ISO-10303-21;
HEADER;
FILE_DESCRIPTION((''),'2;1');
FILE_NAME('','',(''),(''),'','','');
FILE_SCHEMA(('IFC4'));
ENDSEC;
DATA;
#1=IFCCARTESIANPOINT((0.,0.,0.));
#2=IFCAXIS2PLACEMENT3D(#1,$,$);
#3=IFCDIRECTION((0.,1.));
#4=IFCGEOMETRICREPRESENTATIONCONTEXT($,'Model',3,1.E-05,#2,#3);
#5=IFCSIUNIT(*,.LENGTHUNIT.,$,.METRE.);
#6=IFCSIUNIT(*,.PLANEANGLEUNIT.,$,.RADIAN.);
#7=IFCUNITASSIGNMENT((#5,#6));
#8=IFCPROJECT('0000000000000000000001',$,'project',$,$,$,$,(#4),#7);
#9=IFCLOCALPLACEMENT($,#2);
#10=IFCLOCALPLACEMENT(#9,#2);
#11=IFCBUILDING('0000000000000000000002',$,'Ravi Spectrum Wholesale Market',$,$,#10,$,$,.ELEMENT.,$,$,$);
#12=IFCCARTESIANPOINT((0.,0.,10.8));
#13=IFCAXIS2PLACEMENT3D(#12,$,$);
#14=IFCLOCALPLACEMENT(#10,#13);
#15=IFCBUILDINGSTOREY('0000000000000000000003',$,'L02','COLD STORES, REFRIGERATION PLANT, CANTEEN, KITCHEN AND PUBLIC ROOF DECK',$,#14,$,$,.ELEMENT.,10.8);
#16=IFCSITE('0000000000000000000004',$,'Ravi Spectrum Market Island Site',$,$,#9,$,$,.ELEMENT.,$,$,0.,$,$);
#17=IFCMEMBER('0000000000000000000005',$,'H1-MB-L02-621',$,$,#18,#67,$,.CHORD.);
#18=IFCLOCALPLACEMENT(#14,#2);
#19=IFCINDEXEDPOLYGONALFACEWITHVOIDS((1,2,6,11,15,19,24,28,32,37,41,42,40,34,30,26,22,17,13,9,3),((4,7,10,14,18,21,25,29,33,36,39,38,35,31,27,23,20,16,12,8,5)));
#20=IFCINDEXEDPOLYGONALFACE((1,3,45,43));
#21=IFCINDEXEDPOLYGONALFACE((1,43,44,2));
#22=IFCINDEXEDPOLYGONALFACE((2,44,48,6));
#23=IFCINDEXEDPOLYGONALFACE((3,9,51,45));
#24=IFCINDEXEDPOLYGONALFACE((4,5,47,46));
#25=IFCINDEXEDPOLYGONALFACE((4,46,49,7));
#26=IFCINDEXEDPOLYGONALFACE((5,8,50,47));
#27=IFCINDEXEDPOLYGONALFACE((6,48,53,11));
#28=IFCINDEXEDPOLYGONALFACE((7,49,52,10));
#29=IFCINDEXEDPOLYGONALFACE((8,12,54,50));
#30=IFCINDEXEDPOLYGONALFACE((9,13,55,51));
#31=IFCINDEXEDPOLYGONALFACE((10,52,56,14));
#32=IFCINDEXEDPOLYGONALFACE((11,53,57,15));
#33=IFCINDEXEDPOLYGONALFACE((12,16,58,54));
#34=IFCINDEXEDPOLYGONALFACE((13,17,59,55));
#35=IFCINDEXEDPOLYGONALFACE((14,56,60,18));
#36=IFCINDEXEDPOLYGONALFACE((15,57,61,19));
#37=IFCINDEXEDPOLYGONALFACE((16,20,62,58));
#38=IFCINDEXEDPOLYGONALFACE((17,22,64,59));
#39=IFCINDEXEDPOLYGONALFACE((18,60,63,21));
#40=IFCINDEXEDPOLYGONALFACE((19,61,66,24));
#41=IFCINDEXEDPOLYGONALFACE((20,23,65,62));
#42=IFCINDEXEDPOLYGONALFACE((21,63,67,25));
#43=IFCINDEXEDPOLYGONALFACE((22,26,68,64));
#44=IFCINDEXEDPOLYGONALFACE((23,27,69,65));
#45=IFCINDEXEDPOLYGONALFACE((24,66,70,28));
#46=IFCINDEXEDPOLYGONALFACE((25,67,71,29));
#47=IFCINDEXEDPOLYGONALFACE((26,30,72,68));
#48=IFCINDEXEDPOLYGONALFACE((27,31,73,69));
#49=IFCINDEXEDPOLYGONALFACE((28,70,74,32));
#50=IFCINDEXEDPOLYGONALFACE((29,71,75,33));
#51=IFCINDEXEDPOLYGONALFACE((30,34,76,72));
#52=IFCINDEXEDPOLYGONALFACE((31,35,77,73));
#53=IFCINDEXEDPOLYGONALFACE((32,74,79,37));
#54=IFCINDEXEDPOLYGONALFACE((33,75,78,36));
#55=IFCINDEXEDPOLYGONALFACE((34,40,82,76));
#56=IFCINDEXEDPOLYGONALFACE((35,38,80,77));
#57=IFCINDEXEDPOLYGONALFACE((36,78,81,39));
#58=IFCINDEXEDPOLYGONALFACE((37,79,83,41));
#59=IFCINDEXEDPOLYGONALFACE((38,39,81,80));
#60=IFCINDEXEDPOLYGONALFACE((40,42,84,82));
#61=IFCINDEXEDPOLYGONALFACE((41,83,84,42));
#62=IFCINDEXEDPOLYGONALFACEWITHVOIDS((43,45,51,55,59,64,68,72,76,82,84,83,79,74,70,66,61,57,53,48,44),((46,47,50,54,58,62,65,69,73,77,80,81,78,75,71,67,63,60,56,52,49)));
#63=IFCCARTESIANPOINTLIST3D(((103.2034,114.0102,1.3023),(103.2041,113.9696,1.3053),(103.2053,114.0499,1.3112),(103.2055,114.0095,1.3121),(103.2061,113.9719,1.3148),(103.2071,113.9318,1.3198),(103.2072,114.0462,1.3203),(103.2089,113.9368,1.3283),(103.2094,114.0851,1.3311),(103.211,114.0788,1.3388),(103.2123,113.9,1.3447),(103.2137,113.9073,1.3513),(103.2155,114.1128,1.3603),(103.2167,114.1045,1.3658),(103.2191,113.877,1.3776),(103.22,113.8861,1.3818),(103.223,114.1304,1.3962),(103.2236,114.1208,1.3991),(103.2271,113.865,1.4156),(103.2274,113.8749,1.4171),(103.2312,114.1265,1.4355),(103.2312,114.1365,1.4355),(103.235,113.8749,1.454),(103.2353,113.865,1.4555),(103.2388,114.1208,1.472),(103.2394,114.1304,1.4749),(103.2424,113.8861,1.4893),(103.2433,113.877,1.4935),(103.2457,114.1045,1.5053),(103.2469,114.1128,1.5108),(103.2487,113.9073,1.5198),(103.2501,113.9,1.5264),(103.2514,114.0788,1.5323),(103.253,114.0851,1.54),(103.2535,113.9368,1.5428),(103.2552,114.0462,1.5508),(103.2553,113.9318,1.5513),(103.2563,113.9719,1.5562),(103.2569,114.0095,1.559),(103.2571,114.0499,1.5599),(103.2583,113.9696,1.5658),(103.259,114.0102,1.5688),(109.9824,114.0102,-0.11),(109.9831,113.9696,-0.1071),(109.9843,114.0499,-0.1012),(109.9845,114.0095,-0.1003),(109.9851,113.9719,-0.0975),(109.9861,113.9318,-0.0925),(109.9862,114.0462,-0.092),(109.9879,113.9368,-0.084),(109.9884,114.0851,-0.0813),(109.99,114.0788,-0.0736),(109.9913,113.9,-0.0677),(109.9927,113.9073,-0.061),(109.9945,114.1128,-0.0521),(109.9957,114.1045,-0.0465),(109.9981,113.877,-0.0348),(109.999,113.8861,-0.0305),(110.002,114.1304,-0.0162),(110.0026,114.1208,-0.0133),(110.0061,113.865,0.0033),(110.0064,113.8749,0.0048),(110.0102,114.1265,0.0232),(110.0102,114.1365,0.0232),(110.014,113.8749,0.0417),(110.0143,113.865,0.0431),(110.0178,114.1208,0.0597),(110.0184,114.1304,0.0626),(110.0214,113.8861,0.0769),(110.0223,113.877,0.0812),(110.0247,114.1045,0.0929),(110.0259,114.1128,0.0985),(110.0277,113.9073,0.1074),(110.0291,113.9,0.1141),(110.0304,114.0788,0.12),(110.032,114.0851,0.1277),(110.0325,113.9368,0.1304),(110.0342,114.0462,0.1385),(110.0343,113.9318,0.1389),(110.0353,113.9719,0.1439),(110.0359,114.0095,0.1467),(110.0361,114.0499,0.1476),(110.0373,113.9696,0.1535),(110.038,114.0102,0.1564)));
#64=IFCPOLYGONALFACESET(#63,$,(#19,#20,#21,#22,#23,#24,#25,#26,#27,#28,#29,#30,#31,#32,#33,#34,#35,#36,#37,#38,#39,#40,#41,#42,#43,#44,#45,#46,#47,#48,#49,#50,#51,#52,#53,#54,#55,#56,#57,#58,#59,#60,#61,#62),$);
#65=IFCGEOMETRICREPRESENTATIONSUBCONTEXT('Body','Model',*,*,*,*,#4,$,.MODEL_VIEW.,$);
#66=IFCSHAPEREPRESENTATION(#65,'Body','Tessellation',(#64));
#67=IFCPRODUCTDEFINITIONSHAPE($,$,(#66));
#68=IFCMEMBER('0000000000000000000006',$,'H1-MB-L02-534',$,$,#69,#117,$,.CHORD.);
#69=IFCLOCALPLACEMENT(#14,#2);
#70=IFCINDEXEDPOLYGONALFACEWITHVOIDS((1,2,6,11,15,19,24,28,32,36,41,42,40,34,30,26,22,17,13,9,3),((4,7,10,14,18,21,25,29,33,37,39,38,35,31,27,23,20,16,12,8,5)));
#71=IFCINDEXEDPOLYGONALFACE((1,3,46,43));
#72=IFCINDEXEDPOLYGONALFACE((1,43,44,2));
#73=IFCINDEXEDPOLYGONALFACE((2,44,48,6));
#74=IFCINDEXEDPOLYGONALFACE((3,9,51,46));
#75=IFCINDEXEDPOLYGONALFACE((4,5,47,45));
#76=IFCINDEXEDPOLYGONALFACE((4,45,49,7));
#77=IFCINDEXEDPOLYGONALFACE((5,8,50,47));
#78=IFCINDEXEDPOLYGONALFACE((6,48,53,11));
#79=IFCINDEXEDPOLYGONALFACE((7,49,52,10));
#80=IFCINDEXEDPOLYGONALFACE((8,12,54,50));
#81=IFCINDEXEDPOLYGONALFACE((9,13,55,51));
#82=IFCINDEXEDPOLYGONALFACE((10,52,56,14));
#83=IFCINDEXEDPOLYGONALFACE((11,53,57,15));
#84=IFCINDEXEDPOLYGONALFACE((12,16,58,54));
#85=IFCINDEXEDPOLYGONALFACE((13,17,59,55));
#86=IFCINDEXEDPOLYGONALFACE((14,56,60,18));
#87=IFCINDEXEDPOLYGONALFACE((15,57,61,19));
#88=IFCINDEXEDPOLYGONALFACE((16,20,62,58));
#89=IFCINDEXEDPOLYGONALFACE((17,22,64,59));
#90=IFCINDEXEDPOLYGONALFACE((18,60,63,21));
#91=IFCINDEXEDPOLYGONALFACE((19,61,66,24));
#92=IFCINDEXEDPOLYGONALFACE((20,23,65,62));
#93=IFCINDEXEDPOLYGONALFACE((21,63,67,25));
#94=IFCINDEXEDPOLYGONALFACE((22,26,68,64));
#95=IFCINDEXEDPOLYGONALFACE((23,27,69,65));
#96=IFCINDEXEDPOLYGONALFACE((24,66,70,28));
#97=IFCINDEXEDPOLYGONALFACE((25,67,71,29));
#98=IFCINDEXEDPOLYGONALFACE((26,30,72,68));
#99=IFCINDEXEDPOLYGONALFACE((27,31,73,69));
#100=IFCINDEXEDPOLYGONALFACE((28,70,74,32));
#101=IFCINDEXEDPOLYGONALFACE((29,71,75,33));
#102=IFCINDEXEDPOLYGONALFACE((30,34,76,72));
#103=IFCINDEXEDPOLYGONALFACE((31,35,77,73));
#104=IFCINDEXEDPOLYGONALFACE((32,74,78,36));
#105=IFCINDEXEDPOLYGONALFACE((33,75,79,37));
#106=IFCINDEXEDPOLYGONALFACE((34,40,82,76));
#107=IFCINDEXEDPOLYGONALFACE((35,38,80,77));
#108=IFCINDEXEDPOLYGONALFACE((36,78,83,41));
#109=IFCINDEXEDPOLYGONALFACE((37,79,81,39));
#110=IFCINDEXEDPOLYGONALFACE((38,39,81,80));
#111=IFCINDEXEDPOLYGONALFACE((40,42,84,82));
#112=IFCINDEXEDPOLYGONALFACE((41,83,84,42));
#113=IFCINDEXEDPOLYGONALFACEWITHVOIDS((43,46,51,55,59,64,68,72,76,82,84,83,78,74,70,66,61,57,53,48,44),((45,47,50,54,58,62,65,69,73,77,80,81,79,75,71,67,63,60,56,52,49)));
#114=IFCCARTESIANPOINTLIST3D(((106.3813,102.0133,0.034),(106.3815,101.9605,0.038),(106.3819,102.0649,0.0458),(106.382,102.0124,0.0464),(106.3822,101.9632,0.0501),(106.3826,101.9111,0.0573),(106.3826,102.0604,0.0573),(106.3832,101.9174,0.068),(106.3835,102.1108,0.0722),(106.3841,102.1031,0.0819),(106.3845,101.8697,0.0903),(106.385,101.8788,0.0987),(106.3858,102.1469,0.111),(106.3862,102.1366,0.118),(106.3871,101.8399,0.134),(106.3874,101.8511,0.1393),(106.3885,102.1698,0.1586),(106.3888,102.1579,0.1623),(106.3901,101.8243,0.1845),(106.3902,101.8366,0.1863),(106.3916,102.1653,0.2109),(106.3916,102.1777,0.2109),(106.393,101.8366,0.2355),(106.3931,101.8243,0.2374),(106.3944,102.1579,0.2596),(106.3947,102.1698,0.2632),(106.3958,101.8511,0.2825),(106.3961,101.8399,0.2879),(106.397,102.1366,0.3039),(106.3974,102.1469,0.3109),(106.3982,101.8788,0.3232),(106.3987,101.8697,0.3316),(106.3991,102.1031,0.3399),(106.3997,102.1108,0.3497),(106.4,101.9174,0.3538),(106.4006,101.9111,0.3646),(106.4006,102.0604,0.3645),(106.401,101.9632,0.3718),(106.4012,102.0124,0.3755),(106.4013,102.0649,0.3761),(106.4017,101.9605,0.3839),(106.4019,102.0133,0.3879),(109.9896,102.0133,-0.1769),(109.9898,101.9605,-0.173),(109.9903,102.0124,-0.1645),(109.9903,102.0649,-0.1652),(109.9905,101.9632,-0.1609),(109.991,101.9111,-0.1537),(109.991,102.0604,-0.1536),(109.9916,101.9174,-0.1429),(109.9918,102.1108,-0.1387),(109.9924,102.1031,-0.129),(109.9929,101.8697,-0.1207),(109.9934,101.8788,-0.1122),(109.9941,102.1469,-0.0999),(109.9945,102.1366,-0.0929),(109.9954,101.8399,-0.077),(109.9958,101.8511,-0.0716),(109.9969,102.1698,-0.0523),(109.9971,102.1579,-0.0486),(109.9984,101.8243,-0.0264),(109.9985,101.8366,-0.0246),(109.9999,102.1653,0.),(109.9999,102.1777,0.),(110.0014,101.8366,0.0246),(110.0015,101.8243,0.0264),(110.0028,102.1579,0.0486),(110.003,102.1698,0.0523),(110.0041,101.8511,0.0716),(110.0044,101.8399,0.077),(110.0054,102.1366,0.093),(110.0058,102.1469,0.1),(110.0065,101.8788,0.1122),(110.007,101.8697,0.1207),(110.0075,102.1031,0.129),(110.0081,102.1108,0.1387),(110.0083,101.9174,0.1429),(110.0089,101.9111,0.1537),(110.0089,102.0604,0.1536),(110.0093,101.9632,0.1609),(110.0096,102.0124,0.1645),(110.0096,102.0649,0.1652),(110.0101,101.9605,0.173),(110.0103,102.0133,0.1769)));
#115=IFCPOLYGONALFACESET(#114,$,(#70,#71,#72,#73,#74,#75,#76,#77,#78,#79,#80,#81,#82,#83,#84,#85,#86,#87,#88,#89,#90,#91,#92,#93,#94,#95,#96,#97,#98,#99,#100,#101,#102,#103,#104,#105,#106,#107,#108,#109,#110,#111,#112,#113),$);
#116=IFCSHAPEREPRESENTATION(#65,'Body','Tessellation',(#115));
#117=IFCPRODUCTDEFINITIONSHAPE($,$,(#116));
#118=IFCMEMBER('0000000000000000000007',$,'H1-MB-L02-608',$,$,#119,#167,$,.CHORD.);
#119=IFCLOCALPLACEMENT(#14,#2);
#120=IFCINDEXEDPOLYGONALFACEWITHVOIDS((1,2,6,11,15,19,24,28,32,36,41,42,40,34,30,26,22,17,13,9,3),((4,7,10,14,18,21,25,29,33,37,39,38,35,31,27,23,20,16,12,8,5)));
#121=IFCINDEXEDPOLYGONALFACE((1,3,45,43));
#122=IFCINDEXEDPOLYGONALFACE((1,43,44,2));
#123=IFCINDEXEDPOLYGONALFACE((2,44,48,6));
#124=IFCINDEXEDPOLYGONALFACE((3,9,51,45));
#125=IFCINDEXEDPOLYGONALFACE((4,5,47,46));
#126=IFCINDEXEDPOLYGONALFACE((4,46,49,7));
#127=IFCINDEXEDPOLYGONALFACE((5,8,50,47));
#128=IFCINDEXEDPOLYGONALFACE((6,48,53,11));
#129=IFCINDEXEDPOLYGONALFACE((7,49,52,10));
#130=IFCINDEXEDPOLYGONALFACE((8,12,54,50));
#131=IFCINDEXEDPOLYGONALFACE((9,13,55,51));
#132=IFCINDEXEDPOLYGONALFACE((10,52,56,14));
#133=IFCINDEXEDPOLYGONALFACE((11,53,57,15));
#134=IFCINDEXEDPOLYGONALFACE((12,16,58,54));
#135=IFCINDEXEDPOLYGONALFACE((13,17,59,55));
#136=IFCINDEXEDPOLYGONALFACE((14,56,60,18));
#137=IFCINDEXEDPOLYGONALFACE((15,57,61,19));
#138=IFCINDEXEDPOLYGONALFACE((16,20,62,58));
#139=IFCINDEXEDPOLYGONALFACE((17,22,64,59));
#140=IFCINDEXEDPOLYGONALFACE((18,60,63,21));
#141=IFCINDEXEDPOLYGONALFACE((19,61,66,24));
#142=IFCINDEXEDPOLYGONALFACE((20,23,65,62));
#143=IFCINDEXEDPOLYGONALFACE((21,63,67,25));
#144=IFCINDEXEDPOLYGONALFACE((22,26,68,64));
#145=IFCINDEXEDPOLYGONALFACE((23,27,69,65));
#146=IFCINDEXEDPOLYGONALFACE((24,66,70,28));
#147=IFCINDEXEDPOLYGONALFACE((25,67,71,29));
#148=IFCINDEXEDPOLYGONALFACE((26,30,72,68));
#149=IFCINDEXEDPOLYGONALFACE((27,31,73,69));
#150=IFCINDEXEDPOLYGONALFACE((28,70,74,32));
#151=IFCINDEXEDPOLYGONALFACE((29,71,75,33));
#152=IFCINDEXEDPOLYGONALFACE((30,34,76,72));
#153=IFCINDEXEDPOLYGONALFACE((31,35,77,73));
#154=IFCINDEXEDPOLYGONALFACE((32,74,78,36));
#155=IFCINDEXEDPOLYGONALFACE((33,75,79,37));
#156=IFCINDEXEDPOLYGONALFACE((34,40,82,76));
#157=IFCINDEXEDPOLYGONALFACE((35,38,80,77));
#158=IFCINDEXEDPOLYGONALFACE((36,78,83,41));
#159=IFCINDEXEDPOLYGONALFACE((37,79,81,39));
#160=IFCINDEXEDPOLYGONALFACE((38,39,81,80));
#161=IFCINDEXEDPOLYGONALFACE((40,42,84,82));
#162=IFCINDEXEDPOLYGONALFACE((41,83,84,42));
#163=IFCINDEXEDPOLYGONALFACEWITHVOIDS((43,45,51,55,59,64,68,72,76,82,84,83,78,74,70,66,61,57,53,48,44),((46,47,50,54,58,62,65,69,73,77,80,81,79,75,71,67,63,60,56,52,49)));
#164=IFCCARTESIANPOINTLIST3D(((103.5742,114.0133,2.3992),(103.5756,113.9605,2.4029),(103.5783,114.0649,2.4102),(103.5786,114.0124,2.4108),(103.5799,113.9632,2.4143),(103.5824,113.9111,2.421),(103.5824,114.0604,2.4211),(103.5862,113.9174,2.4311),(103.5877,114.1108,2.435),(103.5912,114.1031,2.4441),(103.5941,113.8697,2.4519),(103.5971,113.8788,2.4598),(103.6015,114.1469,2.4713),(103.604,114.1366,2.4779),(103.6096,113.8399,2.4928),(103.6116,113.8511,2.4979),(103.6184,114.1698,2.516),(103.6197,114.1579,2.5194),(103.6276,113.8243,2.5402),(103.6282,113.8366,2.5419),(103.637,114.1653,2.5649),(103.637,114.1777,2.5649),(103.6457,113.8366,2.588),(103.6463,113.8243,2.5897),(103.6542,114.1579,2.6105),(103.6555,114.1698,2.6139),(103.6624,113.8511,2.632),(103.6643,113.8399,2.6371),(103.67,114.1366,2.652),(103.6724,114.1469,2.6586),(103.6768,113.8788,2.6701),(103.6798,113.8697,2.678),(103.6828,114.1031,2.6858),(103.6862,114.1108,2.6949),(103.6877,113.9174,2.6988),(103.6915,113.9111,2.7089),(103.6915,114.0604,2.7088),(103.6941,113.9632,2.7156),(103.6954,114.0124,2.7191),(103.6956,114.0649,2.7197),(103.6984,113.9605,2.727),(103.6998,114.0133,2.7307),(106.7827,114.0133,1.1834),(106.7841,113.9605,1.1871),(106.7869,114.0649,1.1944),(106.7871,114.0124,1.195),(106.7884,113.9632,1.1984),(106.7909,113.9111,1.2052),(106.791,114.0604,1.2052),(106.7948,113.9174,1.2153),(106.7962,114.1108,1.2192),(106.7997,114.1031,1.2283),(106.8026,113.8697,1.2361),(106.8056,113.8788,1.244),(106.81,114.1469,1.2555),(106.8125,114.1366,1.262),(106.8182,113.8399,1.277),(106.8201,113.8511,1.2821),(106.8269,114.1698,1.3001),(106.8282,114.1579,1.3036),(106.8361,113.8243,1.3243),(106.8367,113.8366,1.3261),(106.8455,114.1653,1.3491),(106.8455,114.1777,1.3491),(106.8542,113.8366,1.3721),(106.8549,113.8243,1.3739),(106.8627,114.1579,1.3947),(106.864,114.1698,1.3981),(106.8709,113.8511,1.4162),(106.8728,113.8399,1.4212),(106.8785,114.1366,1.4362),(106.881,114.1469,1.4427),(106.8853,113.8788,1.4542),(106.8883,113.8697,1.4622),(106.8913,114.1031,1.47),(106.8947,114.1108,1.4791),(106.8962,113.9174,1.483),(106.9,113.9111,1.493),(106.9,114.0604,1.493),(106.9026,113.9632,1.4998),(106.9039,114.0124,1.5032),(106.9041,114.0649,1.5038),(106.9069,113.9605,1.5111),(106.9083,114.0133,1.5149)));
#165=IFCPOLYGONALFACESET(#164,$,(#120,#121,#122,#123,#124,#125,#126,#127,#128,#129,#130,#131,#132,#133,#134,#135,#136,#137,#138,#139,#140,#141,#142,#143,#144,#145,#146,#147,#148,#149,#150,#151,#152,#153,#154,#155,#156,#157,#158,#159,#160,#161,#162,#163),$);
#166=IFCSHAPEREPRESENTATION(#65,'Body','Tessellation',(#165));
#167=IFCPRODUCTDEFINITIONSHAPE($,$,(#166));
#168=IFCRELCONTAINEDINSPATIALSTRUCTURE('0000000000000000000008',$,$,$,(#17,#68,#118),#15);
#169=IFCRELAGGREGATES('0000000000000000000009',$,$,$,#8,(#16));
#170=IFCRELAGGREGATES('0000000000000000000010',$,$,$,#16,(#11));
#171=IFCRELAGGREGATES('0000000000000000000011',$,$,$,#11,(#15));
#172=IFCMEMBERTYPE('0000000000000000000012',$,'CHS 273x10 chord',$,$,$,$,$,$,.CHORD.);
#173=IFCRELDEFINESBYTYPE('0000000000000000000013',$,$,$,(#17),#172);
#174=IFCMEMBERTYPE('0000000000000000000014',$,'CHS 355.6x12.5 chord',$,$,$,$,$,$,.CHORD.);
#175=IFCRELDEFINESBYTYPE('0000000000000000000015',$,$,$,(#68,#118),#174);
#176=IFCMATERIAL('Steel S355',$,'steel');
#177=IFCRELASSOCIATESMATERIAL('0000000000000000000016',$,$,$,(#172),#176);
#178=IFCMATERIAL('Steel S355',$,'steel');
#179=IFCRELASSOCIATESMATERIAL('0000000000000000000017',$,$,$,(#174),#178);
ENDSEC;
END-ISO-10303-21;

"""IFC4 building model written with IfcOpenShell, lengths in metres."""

from ifc_helpers import new_model, si_unit, direction, frame, origin, origin_2d, place, context, subcontext, project, spatial, hollow_circle, extrude, material, material_profile, profile_set, type_object, element, save


model = new_model("IFC4")

# Units and contexts
model_context = context("Model", 3, precision=1e-05, world=origin(), true_north=direction((0.0, 1.0)))
body_context = subcontext(model_context, "Body", "Model", "MODEL_VIEW")
ifc_project = project(units=[si_unit("LENGTHUNIT", "METRE"), si_unit("PLANEANGLEUNIT", "RADIAN")], contexts=[model_context])

# Site, building, storey
site_placement = place(None, origin())
site = spatial("IfcSite", under=ifc_project, at=site_placement, Name="Ravi Spectrum Market Island Site", CompositionType="ELEMENT", RefElevation=0.0)
building_placement = place(site_placement, origin())
building = spatial("IfcBuilding", under=site, at=building_placement, Name="Ravi Spectrum Wholesale Market", CompositionType="ELEMENT")
storey_placement = place(building_placement, frame((0.0, 0.0, 10.8)))
storey = spatial("IfcBuildingStorey", under=building, at=storey_placement, Name="L02", Description="COLD STORES, REFRIGERATION PLANT, CANTEEN, KITCHEN AND PUBLIC ROOF DECK", CompositionType="ELEMENT", Elevation=10.8)

# Members
ifc_material_1 = material(Name="Steel S355", Category="steel")
ifc_material_profile_1 = material_profile(ifc_material_1, hollow_circle(Radius=0.1365, WallThickness=0.01, at=origin_2d()))
ifc_profile_set_1 = profile_set([ifc_material_profile_1], Name="Steel S355")
member_type_1 = type_object("IfcMemberType", Name="CHS 273x10 chord", PredefinedType="CHORD", material=ifc_profile_set_1)
member_1_placement = place(storey_placement, frame((103.2312, 114.0, 1.4355), z_axis=(0.978979, 0.0, -0.203961), x_axis=(0.0, 1.0, 0.0)))
element("IfcMember", 1, at=member_1_placement, inside=storey, type_object=member_type_1, Name="H1-MB-L02-621", PredefinedType="CHORD", context=body_context, shape_type="SweptSolid", body=[
    extrude(hollow_circle(Radius=0.1365, WallThickness=0.01, at=origin_2d()), origin(), (0.0, 0.0, 1.0), 6.9246),
])
ifc_material_2 = material(Name="Steel S355", Category="steel")
ifc_material_profile_2 = material_profile(ifc_material_2, hollow_circle(Radius=0.1777, WallThickness=0.0125, at=origin_2d()))
ifc_profile_set_2 = profile_set([ifc_material_profile_2], Name="Steel S355")
member_type_2 = type_object("IfcMemberType", Name="CHS 355.6x12.5 chord", PredefinedType="CHORD", material=ifc_profile_set_2)
member_2_placement = place(storey_placement, frame((106.3916, 102.0, 0.2109), z_axis=(0.998296, 0.0, -0.058358), x_axis=(0.0, 1.0, 0.0)))
element("IfcMember", 2, at=member_2_placement, inside=storey, type_object=member_type_2, Name="H1-MB-L02-534", PredefinedType="CHORD", context=body_context, shape_type="SweptSolid", body=[
    extrude(hollow_circle(Radius=0.1777, WallThickness=0.0125, at=origin_2d()), origin(), (0.0, 0.0, 1.0), 3.6145),
])
member_3_placement = place(storey_placement, frame((103.637, 114.0, 2.5649), z_axis=(0.935113, 0.0, -0.35435), x_axis=(0.0, 1.0, 0.0)))
element("IfcMember", 3, at=member_3_placement, inside=storey, type_object=member_type_2, Name="H1-MB-L02-608", PredefinedType="CHORD", context=body_context, shape_type="SweptSolid", body=[
    extrude(hollow_circle(Radius=0.1777, WallThickness=0.0125, at=origin_2d()), origin(), (0.0, 0.0, 1.0), 3.4312),
])

save(model, "model.ifc")
